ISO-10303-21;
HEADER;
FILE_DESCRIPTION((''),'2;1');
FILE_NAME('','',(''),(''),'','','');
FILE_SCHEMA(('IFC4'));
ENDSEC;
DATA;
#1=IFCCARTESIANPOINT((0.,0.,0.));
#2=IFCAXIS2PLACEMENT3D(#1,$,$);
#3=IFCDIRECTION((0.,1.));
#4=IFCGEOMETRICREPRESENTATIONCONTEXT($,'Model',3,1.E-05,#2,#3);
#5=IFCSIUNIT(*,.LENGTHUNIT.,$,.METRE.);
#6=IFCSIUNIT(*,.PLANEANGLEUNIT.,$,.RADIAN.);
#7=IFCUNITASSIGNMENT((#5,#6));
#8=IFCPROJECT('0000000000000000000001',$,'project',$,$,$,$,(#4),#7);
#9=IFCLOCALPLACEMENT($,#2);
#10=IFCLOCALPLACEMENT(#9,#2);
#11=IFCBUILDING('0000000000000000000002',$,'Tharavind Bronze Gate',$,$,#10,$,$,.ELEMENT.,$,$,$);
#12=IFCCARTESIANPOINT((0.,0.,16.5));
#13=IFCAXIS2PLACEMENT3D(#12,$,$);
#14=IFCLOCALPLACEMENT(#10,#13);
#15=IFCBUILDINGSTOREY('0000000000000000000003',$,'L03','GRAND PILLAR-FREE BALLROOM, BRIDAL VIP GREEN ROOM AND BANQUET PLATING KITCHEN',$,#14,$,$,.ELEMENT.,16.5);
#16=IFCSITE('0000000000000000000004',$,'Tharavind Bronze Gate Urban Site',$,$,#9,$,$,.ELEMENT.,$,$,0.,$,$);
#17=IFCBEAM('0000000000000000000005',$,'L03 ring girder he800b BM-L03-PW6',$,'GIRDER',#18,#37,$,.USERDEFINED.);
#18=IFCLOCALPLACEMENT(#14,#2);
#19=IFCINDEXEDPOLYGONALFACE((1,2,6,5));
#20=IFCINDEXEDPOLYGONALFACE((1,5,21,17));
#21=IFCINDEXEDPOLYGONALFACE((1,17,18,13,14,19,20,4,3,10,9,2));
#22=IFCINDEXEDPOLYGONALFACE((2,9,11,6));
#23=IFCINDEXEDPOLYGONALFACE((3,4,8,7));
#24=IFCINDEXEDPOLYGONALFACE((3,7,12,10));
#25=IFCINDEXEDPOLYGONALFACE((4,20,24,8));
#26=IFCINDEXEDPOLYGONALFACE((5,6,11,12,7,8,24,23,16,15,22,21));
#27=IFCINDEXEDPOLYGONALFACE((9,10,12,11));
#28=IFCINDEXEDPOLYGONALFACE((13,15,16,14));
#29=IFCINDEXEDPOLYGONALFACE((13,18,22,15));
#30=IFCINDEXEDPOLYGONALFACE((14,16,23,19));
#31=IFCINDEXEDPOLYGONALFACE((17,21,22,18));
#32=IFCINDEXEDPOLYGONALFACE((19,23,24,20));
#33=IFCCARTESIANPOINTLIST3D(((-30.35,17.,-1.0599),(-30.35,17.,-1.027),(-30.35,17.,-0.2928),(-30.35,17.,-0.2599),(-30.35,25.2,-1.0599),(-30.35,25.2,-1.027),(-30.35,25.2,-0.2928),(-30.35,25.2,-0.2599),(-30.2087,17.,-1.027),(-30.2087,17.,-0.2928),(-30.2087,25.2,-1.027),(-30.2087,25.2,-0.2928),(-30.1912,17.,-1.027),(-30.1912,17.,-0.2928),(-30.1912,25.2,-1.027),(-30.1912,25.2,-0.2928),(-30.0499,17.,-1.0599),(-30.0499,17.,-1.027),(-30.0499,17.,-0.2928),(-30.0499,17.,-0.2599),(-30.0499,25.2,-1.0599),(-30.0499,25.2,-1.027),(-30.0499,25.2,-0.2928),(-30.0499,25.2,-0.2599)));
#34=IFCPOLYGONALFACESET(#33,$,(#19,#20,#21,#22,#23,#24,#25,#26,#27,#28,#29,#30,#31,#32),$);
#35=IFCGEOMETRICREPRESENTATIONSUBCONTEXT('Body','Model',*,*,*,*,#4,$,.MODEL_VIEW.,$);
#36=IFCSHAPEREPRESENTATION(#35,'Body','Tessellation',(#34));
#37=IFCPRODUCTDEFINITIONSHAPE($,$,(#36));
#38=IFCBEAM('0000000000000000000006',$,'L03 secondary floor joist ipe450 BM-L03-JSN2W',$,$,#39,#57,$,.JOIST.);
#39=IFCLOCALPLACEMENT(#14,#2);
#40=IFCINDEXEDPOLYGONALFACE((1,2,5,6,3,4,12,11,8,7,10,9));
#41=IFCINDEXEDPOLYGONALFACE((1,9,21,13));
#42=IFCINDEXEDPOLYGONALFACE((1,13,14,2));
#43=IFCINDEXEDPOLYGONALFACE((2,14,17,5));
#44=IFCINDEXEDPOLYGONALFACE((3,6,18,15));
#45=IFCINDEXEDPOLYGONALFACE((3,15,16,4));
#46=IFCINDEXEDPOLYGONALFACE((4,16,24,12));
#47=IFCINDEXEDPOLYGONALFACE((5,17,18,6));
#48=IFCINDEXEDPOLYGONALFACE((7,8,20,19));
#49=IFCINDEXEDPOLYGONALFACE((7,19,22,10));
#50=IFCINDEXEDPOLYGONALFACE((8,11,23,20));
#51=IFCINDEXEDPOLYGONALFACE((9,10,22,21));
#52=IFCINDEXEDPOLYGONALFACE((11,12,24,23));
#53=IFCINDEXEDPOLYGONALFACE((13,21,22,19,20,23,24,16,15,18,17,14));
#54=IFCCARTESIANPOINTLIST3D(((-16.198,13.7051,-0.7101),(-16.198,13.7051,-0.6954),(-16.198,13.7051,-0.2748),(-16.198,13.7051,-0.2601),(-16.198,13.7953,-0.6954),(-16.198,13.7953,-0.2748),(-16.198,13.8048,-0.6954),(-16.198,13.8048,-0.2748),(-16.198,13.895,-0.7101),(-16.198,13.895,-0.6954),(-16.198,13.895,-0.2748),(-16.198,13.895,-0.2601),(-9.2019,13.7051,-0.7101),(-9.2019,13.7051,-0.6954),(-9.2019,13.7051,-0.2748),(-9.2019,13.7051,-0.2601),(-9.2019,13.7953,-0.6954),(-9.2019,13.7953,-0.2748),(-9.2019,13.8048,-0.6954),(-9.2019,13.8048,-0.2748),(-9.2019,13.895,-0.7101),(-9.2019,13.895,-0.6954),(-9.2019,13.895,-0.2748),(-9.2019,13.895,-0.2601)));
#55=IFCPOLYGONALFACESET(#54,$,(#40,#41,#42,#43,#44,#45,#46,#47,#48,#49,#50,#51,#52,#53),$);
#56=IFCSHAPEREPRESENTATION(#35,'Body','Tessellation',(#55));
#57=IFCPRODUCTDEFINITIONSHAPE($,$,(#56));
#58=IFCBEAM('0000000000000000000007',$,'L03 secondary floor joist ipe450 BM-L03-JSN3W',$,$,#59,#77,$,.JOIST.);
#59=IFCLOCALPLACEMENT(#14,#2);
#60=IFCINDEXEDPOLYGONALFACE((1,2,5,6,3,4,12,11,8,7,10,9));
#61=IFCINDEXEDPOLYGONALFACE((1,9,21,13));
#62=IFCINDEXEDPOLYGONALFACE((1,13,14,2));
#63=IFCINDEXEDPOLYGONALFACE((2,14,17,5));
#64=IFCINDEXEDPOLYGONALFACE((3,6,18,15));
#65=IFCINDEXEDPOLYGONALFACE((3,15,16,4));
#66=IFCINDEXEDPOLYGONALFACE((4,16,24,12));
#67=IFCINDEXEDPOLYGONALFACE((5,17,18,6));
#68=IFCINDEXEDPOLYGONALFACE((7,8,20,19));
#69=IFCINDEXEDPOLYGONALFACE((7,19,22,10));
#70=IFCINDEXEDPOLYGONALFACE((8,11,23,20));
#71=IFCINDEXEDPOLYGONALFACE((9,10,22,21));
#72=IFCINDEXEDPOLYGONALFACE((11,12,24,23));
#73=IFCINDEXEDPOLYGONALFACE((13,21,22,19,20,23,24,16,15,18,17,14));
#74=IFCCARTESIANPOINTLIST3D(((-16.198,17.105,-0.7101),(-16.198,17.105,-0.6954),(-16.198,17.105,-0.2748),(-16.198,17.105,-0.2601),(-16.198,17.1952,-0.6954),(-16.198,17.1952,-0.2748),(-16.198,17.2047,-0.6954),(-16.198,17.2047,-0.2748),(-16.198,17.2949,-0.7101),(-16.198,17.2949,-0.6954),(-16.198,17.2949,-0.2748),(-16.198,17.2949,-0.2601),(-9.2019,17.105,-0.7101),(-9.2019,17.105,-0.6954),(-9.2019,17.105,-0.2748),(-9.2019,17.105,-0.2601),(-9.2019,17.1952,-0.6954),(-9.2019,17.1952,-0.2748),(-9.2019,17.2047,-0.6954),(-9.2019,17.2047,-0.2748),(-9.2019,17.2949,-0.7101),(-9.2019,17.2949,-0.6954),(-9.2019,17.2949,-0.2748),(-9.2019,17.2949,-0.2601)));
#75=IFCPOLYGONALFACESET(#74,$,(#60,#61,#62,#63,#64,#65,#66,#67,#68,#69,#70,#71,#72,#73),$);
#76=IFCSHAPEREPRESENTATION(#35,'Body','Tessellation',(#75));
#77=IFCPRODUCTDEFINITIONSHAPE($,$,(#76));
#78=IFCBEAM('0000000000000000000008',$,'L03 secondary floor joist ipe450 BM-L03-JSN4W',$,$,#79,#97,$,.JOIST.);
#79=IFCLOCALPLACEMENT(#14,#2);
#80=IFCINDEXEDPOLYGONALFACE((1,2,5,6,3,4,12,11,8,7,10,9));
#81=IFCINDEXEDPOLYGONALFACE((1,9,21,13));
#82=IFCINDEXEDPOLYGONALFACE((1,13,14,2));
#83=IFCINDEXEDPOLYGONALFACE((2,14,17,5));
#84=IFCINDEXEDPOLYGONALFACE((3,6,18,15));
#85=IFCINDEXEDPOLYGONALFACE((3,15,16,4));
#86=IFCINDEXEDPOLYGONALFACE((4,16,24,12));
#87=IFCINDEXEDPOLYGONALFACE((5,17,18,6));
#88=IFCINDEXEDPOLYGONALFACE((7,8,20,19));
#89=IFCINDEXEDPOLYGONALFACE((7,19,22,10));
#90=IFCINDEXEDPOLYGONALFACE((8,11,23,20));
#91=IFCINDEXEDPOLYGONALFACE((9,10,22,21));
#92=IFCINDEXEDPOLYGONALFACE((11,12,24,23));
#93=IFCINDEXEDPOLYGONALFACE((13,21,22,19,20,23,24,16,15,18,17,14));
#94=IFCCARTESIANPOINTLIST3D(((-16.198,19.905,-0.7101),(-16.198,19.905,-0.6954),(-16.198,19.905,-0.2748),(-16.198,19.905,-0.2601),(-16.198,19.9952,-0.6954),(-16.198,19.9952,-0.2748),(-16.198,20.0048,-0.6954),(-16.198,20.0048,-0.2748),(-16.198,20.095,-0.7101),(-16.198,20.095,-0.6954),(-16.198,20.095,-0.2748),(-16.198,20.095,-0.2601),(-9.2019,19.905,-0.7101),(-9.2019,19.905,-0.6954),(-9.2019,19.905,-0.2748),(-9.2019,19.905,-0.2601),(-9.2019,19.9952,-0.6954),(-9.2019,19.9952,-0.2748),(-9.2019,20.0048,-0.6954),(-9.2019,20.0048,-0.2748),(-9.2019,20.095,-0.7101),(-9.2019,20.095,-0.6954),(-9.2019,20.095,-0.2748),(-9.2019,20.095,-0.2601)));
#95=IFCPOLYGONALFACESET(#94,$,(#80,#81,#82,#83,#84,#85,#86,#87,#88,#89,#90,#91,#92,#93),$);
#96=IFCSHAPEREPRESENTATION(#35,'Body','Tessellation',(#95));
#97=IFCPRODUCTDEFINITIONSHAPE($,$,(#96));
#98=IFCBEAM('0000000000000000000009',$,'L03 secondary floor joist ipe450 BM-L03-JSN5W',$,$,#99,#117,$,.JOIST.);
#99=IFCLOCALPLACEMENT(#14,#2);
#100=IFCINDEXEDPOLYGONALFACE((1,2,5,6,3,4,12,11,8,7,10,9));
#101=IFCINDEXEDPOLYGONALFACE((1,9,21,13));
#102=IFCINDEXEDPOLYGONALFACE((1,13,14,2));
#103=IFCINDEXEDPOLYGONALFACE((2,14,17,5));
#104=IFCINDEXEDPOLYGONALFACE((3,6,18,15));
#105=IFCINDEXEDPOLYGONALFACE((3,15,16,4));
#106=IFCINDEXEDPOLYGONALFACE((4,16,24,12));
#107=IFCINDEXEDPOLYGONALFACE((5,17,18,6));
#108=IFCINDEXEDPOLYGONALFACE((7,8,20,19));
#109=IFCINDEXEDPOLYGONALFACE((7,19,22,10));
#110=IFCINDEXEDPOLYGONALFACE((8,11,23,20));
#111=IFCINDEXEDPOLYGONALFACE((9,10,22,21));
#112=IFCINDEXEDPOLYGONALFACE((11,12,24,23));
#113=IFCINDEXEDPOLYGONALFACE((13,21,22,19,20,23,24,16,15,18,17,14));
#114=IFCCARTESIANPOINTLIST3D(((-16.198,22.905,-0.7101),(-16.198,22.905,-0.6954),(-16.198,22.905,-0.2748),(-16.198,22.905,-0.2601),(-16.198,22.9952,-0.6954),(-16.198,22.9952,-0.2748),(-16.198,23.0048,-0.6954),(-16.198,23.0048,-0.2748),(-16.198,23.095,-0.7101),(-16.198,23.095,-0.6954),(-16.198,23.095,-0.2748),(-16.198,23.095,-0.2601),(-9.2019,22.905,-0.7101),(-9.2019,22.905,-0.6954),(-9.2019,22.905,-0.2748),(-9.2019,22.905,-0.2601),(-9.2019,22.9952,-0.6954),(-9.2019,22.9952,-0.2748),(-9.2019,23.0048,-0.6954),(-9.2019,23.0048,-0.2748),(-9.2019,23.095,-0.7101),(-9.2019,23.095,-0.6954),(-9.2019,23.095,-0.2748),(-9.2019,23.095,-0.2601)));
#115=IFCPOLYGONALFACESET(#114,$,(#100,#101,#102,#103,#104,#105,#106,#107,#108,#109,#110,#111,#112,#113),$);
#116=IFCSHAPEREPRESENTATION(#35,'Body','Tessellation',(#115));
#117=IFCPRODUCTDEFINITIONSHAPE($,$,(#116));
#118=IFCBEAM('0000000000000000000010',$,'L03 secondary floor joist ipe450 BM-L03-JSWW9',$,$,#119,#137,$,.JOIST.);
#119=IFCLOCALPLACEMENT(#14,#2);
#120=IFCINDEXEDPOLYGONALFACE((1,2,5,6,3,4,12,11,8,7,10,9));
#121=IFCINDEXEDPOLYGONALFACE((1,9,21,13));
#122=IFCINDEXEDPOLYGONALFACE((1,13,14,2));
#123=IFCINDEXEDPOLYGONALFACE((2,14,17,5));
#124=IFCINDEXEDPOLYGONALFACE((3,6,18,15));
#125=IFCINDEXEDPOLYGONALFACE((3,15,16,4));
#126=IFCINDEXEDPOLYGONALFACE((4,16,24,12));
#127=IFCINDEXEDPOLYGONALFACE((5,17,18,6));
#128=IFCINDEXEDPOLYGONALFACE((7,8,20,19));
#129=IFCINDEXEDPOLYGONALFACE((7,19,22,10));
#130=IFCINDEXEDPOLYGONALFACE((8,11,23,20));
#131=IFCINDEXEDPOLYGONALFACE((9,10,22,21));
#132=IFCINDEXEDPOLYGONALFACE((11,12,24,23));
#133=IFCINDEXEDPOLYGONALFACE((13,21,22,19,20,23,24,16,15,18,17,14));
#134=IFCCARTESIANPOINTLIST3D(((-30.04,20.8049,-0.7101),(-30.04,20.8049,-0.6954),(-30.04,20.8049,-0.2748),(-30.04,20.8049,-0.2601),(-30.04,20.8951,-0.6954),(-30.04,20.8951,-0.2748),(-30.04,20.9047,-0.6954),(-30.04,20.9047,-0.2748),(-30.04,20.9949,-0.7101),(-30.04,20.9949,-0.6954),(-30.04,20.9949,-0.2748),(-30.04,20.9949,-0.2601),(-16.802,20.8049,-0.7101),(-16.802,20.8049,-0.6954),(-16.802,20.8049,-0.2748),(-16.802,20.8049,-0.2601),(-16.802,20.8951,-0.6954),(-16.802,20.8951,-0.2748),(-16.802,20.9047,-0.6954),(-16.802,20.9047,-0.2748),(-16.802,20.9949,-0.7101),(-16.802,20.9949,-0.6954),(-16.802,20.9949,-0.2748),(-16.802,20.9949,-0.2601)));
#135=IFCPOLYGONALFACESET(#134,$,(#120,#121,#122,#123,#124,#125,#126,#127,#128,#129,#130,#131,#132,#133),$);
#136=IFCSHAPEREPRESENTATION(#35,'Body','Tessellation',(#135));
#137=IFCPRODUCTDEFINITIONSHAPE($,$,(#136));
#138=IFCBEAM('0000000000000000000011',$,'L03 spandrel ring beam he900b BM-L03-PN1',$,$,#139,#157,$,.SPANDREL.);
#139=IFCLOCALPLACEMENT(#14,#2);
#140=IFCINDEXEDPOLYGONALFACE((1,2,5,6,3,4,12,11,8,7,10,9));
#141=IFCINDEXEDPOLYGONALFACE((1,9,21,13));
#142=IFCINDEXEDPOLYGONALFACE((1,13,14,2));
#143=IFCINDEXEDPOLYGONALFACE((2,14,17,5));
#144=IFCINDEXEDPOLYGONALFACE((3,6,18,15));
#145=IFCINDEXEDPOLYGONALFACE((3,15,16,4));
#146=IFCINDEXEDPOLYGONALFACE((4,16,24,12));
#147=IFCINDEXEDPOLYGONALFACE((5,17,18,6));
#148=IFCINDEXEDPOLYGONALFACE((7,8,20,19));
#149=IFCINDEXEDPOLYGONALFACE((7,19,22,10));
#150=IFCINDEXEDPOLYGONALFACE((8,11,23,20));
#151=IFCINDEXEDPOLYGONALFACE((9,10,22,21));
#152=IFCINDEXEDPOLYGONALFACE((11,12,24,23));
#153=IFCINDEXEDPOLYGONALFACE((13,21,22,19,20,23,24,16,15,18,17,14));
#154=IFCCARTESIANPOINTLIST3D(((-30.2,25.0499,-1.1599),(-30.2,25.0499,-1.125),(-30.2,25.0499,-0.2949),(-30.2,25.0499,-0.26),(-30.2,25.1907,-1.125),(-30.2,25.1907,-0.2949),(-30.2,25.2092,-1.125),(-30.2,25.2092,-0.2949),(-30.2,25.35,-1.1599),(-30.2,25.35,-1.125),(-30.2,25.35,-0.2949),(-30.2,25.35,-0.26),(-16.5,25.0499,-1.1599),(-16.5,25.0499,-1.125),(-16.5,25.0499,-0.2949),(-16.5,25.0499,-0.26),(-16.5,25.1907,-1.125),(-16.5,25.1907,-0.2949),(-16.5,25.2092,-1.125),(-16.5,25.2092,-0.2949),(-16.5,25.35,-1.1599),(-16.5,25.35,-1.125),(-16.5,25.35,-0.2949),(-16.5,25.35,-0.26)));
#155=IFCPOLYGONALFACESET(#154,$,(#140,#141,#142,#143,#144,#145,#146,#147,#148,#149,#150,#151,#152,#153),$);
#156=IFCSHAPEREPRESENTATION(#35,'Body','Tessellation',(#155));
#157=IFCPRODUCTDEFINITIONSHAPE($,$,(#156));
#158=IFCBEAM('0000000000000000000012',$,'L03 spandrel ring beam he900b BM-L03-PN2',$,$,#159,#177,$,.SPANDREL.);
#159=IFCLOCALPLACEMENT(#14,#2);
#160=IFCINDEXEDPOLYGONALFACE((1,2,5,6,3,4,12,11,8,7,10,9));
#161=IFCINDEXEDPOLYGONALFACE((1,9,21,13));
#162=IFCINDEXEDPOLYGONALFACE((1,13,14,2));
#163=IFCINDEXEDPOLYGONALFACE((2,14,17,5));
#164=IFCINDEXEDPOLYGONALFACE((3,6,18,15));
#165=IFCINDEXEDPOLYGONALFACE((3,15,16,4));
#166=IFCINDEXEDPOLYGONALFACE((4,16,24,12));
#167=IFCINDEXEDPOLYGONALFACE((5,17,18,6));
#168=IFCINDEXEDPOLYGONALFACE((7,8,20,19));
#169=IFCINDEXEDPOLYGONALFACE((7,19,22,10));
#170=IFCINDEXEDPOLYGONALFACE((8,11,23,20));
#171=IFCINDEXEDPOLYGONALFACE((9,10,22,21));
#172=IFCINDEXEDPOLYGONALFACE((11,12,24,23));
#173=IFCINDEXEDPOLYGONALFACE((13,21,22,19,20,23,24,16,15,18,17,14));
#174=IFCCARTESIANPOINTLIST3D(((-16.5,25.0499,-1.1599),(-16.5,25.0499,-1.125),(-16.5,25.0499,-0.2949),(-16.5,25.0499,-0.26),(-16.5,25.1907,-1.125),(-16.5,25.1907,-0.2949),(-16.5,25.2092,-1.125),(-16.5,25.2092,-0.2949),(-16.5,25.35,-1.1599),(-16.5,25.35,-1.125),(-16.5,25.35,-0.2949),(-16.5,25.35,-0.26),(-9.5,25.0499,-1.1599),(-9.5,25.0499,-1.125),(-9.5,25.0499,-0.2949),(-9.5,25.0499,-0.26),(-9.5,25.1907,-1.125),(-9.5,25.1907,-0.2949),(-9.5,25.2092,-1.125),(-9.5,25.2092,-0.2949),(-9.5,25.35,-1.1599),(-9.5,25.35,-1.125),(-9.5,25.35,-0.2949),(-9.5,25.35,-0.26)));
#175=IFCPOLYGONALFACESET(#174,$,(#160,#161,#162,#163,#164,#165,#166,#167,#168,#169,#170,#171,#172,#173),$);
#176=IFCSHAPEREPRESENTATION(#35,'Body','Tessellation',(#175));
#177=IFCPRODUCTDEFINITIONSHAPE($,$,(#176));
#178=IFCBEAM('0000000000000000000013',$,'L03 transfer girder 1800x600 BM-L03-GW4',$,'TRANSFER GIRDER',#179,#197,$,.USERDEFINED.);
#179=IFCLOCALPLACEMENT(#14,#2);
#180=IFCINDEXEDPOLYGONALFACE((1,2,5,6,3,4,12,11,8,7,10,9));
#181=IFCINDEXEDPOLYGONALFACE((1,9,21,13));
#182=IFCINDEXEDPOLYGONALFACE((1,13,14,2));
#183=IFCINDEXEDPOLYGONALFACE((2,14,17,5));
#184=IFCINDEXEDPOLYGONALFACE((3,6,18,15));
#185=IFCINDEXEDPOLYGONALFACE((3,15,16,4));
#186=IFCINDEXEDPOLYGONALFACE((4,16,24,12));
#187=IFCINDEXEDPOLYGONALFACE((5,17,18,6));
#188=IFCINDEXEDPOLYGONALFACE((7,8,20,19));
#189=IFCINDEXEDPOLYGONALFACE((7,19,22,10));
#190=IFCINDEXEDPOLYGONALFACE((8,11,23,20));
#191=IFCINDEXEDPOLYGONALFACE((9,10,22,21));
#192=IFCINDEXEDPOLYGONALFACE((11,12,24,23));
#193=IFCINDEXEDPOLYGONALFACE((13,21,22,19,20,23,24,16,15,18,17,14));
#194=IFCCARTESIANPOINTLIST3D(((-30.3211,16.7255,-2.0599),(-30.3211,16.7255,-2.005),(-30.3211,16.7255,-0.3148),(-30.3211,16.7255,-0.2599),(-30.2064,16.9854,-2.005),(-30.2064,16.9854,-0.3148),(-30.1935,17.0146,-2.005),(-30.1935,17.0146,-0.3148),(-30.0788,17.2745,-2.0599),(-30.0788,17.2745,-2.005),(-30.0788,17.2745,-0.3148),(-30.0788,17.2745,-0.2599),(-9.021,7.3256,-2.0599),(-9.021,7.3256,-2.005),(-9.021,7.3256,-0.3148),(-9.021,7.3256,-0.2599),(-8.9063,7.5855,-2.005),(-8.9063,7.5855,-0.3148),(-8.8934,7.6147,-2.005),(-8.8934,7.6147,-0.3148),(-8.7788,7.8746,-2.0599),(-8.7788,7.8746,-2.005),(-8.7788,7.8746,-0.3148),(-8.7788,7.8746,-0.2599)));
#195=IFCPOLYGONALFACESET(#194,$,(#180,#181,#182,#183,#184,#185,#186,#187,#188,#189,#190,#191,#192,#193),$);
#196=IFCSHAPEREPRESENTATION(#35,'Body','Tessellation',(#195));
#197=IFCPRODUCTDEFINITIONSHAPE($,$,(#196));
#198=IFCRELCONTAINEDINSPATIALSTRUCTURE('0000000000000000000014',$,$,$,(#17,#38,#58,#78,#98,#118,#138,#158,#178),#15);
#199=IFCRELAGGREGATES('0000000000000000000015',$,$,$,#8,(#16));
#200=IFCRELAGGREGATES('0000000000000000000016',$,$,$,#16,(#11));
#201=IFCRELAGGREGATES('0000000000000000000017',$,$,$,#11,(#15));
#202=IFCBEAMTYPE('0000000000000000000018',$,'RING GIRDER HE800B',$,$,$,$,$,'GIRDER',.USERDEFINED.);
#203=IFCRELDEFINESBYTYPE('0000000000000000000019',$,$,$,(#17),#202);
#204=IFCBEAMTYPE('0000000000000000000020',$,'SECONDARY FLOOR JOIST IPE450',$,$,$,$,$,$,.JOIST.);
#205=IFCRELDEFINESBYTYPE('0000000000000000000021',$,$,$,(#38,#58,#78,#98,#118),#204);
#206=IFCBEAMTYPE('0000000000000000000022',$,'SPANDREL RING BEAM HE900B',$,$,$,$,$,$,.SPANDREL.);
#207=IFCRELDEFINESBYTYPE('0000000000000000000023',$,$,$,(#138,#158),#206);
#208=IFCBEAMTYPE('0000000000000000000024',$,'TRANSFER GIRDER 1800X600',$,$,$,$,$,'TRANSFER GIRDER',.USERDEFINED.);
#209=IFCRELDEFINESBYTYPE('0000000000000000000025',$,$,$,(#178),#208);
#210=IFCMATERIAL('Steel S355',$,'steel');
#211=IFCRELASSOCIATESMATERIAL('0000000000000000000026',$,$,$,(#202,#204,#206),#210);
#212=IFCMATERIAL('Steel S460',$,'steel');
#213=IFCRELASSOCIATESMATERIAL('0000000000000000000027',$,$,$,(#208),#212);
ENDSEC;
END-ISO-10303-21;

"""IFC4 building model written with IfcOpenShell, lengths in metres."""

from ifc_helpers import new_model, si_unit, direction, frame, origin, origin_2d, place, context, subcontext, project, spatial, i_section, extrude, material, material_profile, profile_set, type_object, element, save


model = new_model("IFC4")

# Units and contexts
model_context = context("Model", 3, precision=1e-05, world=origin(), true_north=direction((0.0, 1.0)))
body_context = subcontext(model_context, "Body", "Model", "MODEL_VIEW")
ifc_project = project(units=[si_unit("LENGTHUNIT", "METRE"), si_unit("PLANEANGLEUNIT", "RADIAN")], contexts=[model_context])

# Site, building, storey
site_placement = place(None, origin())
site = spatial("IfcSite", under=ifc_project, at=site_placement, Name="Tharavind Bronze Gate Urban Site", CompositionType="ELEMENT", RefElevation=0.0)
building_placement = place(site_placement, origin())
building = spatial("IfcBuilding", under=site, at=building_placement, Name="Tharavind Bronze Gate", CompositionType="ELEMENT")
storey_placement = place(building_placement, frame((0.0, 0.0, 16.5)))
storey = spatial("IfcBuildingStorey", under=building, at=storey_placement, Name="L03", Description="GRAND PILLAR-FREE BALLROOM, BRIDAL VIP GREEN ROOM AND BANQUET PLATING KITCHEN", CompositionType="ELEMENT", Elevation=16.5)

# Shared definitions
ifc_material_1 = material(Name="Steel S460", Category="steel")

# Beams
ifc_material_2 = material(Name="Steel S355", Category="steel")
ifc_material_profile_1 = material_profile(ifc_material_2, i_section(OverallWidth=0.3, OverallDepth=0.8, WebThickness=0.0176, FlangeThickness=0.033, at=origin_2d()), Name="HE800B")
ifc_profile_set_1 = profile_set([ifc_material_profile_1], Name="Steel S355")
beam_type_1 = type_object("IfcBeamType", Name="RING GIRDER HE800B", ElementType="GIRDER", PredefinedType="USERDEFINED", material=ifc_profile_set_1)
beam_1_placement = place(storey_placement, frame((-30.2, 17.0, -0.6599), z_axis=(0.0, 1.0, 0.0), x_axis=(-1.0, 0.0, 0.0)))
element("IfcBeam", 1, at=beam_1_placement, inside=storey, type_object=beam_type_1, Name="L03 ring girder he800b BM-L03-PW6", ObjectType="GIRDER", PredefinedType="USERDEFINED", context=body_context, shape_type="SweptSolid", body=[
    extrude(i_section(OverallWidth=0.3, OverallDepth=0.8, WebThickness=0.0176, FlangeThickness=0.033, at=origin_2d()), origin(), (0.0, 0.0, 1.0), 8.2),
])
ifc_material_profile_2 = material_profile(ifc_material_2, i_section(OverallWidth=0.1899, OverallDepth=0.45, WebThickness=0.0095, FlangeThickness=0.0146, at=origin_2d()), Name="IPE450")
ifc_profile_set_2 = profile_set([ifc_material_profile_2], Name="Steel S355")
beam_type_2 = type_object("IfcBeamType", Name="SECONDARY FLOOR JOIST IPE450", PredefinedType="JOIST", material=ifc_profile_set_2)
for number, where, z_axis, x_axis, name in (
    (2, (-16.198, 13.8, -0.4851), (1.0, 0.0, 0.0), (0.0, 1.0, 0.0), "L03 secondary floor joist ipe450 BM-L03-JSN2W"),
    (3, (-16.198, 17.2, -0.4851), (1.0, 0.0, 0.0), (0.0, 1.0, 0.0), "L03 secondary floor joist ipe450 BM-L03-JSN3W"),
    (4, (-16.198, 20.0, -0.4851), (1.0, 0.0, 0.0), (0.0, 1.0, 0.0), "L03 secondary floor joist ipe450 BM-L03-JSN4W"),
    (5, (-16.198, 23.0, -0.4851), (1.0, 0.0, 0.0), (0.0, 1.0, 0.0), "L03 secondary floor joist ipe450 BM-L03-JSN5W"),
):
    element("IfcBeam", number, at=place(storey_placement, frame(where, z_axis=z_axis, x_axis=x_axis)), inside=storey, type_object=beam_type_2, Name=name, PredefinedType="JOIST", context=body_context, shape_type="SweptSolid", body=[
        extrude(i_section(OverallWidth=0.1899, OverallDepth=0.45, WebThickness=0.0095, FlangeThickness=0.0146, at=origin_2d()), origin(), (0.0, 0.0, 1.0), 6.9961),
    ])
beam_2_placement = place(storey_placement, frame((-30.04, 20.8999, -0.4851), z_axis=(1.0, 0.0, 0.0), x_axis=(0.0, 1.0, 0.0)))
element("IfcBeam", 6, at=beam_2_placement, inside=storey, type_object=beam_type_2, Name="L03 secondary floor joist ipe450 BM-L03-JSWW9", PredefinedType="JOIST", context=body_context, shape_type="SweptSolid", body=[
    extrude(i_section(OverallWidth=0.1899, OverallDepth=0.45, WebThickness=0.0095, FlangeThickness=0.0146, at=origin_2d()), origin(), (0.0, 0.0, 1.0), 13.238),
])
ifc_material_profile_3 = material_profile(ifc_material_2, i_section(OverallWidth=0.3, OverallDepth=0.8999, WebThickness=0.0186, FlangeThickness=0.0349, at=origin_2d()), Name="HE900B")
ifc_profile_set_3 = profile_set([ifc_material_profile_3], Name="Steel S355")
beam_type_3 = type_object("IfcBeamType", Name="SPANDREL RING BEAM HE900B", PredefinedType="SPANDREL", material=ifc_profile_set_3)
beam_3_placement = place(storey_placement, frame((-30.2, 25.2, -0.71), z_axis=(1.0, 0.0, 0.0), x_axis=(0.0, 1.0, 0.0)))
element("IfcBeam", 7, at=beam_3_placement, inside=storey, type_object=beam_type_3, Name="L03 spandrel ring beam he900b BM-L03-PN1", PredefinedType="SPANDREL", context=body_context, shape_type="SweptSolid", body=[
    extrude(i_section(OverallWidth=0.3, OverallDepth=0.8999, WebThickness=0.0186, FlangeThickness=0.0349, at=origin_2d()), origin(), (0.0, 0.0, 1.0), 13.7),
])
beam_4_placement = place(storey_placement, frame((-16.5, 25.2, -0.71), z_axis=(1.0, 0.0, 0.0), x_axis=(0.0, 1.0, 0.0)))
element("IfcBeam", 8, at=beam_4_placement, inside=storey, type_object=beam_type_3, Name="L03 spandrel ring beam he900b BM-L03-PN2", PredefinedType="SPANDREL", context=body_context, shape_type="SweptSolid", body=[
    extrude(i_section(OverallWidth=0.3, OverallDepth=0.8999, WebThickness=0.0186, FlangeThickness=0.0349, at=origin_2d()), origin(), (0.0, 0.0, 1.0), 7.0),
])
ifc_material_profile_4 = material_profile(ifc_material_1, i_section(OverallWidth=0.6001, OverallDepth=1.8, WebThickness=0.032, FlangeThickness=0.0549, at=origin_2d()), Name="PG1800X600")
ifc_profile_set_4 = profile_set([ifc_material_profile_4], Name="Steel S460")
beam_type_4 = type_object("IfcBeamType", Name="TRANSFER GIRDER 1800X600", ElementType="TRANSFER GIRDER", PredefinedType="USERDEFINED", material=ifc_profile_set_4)
beam_5_placement = place(storey_placement, frame((-30.2, 17.0, -1.1599), z_axis=(0.914873, -0.403742, 0.0), x_axis=(0.403742, 0.914873, 0.0)))
element("IfcBeam", 9, at=beam_5_placement, inside=storey, type_object=beam_type_4, Name="L03 transfer girder 1800x600 BM-L03-GW4", ObjectType="TRANSFER GIRDER", PredefinedType="USERDEFINED", context=body_context, shape_type="SweptSolid", body=[
    extrude(i_section(OverallWidth=0.6001, OverallDepth=1.8, WebThickness=0.032, FlangeThickness=0.0549, at=origin_2d()), origin(), (0.0, 0.0, 1.0), 23.282),
])

save(model, "model.ifc")
